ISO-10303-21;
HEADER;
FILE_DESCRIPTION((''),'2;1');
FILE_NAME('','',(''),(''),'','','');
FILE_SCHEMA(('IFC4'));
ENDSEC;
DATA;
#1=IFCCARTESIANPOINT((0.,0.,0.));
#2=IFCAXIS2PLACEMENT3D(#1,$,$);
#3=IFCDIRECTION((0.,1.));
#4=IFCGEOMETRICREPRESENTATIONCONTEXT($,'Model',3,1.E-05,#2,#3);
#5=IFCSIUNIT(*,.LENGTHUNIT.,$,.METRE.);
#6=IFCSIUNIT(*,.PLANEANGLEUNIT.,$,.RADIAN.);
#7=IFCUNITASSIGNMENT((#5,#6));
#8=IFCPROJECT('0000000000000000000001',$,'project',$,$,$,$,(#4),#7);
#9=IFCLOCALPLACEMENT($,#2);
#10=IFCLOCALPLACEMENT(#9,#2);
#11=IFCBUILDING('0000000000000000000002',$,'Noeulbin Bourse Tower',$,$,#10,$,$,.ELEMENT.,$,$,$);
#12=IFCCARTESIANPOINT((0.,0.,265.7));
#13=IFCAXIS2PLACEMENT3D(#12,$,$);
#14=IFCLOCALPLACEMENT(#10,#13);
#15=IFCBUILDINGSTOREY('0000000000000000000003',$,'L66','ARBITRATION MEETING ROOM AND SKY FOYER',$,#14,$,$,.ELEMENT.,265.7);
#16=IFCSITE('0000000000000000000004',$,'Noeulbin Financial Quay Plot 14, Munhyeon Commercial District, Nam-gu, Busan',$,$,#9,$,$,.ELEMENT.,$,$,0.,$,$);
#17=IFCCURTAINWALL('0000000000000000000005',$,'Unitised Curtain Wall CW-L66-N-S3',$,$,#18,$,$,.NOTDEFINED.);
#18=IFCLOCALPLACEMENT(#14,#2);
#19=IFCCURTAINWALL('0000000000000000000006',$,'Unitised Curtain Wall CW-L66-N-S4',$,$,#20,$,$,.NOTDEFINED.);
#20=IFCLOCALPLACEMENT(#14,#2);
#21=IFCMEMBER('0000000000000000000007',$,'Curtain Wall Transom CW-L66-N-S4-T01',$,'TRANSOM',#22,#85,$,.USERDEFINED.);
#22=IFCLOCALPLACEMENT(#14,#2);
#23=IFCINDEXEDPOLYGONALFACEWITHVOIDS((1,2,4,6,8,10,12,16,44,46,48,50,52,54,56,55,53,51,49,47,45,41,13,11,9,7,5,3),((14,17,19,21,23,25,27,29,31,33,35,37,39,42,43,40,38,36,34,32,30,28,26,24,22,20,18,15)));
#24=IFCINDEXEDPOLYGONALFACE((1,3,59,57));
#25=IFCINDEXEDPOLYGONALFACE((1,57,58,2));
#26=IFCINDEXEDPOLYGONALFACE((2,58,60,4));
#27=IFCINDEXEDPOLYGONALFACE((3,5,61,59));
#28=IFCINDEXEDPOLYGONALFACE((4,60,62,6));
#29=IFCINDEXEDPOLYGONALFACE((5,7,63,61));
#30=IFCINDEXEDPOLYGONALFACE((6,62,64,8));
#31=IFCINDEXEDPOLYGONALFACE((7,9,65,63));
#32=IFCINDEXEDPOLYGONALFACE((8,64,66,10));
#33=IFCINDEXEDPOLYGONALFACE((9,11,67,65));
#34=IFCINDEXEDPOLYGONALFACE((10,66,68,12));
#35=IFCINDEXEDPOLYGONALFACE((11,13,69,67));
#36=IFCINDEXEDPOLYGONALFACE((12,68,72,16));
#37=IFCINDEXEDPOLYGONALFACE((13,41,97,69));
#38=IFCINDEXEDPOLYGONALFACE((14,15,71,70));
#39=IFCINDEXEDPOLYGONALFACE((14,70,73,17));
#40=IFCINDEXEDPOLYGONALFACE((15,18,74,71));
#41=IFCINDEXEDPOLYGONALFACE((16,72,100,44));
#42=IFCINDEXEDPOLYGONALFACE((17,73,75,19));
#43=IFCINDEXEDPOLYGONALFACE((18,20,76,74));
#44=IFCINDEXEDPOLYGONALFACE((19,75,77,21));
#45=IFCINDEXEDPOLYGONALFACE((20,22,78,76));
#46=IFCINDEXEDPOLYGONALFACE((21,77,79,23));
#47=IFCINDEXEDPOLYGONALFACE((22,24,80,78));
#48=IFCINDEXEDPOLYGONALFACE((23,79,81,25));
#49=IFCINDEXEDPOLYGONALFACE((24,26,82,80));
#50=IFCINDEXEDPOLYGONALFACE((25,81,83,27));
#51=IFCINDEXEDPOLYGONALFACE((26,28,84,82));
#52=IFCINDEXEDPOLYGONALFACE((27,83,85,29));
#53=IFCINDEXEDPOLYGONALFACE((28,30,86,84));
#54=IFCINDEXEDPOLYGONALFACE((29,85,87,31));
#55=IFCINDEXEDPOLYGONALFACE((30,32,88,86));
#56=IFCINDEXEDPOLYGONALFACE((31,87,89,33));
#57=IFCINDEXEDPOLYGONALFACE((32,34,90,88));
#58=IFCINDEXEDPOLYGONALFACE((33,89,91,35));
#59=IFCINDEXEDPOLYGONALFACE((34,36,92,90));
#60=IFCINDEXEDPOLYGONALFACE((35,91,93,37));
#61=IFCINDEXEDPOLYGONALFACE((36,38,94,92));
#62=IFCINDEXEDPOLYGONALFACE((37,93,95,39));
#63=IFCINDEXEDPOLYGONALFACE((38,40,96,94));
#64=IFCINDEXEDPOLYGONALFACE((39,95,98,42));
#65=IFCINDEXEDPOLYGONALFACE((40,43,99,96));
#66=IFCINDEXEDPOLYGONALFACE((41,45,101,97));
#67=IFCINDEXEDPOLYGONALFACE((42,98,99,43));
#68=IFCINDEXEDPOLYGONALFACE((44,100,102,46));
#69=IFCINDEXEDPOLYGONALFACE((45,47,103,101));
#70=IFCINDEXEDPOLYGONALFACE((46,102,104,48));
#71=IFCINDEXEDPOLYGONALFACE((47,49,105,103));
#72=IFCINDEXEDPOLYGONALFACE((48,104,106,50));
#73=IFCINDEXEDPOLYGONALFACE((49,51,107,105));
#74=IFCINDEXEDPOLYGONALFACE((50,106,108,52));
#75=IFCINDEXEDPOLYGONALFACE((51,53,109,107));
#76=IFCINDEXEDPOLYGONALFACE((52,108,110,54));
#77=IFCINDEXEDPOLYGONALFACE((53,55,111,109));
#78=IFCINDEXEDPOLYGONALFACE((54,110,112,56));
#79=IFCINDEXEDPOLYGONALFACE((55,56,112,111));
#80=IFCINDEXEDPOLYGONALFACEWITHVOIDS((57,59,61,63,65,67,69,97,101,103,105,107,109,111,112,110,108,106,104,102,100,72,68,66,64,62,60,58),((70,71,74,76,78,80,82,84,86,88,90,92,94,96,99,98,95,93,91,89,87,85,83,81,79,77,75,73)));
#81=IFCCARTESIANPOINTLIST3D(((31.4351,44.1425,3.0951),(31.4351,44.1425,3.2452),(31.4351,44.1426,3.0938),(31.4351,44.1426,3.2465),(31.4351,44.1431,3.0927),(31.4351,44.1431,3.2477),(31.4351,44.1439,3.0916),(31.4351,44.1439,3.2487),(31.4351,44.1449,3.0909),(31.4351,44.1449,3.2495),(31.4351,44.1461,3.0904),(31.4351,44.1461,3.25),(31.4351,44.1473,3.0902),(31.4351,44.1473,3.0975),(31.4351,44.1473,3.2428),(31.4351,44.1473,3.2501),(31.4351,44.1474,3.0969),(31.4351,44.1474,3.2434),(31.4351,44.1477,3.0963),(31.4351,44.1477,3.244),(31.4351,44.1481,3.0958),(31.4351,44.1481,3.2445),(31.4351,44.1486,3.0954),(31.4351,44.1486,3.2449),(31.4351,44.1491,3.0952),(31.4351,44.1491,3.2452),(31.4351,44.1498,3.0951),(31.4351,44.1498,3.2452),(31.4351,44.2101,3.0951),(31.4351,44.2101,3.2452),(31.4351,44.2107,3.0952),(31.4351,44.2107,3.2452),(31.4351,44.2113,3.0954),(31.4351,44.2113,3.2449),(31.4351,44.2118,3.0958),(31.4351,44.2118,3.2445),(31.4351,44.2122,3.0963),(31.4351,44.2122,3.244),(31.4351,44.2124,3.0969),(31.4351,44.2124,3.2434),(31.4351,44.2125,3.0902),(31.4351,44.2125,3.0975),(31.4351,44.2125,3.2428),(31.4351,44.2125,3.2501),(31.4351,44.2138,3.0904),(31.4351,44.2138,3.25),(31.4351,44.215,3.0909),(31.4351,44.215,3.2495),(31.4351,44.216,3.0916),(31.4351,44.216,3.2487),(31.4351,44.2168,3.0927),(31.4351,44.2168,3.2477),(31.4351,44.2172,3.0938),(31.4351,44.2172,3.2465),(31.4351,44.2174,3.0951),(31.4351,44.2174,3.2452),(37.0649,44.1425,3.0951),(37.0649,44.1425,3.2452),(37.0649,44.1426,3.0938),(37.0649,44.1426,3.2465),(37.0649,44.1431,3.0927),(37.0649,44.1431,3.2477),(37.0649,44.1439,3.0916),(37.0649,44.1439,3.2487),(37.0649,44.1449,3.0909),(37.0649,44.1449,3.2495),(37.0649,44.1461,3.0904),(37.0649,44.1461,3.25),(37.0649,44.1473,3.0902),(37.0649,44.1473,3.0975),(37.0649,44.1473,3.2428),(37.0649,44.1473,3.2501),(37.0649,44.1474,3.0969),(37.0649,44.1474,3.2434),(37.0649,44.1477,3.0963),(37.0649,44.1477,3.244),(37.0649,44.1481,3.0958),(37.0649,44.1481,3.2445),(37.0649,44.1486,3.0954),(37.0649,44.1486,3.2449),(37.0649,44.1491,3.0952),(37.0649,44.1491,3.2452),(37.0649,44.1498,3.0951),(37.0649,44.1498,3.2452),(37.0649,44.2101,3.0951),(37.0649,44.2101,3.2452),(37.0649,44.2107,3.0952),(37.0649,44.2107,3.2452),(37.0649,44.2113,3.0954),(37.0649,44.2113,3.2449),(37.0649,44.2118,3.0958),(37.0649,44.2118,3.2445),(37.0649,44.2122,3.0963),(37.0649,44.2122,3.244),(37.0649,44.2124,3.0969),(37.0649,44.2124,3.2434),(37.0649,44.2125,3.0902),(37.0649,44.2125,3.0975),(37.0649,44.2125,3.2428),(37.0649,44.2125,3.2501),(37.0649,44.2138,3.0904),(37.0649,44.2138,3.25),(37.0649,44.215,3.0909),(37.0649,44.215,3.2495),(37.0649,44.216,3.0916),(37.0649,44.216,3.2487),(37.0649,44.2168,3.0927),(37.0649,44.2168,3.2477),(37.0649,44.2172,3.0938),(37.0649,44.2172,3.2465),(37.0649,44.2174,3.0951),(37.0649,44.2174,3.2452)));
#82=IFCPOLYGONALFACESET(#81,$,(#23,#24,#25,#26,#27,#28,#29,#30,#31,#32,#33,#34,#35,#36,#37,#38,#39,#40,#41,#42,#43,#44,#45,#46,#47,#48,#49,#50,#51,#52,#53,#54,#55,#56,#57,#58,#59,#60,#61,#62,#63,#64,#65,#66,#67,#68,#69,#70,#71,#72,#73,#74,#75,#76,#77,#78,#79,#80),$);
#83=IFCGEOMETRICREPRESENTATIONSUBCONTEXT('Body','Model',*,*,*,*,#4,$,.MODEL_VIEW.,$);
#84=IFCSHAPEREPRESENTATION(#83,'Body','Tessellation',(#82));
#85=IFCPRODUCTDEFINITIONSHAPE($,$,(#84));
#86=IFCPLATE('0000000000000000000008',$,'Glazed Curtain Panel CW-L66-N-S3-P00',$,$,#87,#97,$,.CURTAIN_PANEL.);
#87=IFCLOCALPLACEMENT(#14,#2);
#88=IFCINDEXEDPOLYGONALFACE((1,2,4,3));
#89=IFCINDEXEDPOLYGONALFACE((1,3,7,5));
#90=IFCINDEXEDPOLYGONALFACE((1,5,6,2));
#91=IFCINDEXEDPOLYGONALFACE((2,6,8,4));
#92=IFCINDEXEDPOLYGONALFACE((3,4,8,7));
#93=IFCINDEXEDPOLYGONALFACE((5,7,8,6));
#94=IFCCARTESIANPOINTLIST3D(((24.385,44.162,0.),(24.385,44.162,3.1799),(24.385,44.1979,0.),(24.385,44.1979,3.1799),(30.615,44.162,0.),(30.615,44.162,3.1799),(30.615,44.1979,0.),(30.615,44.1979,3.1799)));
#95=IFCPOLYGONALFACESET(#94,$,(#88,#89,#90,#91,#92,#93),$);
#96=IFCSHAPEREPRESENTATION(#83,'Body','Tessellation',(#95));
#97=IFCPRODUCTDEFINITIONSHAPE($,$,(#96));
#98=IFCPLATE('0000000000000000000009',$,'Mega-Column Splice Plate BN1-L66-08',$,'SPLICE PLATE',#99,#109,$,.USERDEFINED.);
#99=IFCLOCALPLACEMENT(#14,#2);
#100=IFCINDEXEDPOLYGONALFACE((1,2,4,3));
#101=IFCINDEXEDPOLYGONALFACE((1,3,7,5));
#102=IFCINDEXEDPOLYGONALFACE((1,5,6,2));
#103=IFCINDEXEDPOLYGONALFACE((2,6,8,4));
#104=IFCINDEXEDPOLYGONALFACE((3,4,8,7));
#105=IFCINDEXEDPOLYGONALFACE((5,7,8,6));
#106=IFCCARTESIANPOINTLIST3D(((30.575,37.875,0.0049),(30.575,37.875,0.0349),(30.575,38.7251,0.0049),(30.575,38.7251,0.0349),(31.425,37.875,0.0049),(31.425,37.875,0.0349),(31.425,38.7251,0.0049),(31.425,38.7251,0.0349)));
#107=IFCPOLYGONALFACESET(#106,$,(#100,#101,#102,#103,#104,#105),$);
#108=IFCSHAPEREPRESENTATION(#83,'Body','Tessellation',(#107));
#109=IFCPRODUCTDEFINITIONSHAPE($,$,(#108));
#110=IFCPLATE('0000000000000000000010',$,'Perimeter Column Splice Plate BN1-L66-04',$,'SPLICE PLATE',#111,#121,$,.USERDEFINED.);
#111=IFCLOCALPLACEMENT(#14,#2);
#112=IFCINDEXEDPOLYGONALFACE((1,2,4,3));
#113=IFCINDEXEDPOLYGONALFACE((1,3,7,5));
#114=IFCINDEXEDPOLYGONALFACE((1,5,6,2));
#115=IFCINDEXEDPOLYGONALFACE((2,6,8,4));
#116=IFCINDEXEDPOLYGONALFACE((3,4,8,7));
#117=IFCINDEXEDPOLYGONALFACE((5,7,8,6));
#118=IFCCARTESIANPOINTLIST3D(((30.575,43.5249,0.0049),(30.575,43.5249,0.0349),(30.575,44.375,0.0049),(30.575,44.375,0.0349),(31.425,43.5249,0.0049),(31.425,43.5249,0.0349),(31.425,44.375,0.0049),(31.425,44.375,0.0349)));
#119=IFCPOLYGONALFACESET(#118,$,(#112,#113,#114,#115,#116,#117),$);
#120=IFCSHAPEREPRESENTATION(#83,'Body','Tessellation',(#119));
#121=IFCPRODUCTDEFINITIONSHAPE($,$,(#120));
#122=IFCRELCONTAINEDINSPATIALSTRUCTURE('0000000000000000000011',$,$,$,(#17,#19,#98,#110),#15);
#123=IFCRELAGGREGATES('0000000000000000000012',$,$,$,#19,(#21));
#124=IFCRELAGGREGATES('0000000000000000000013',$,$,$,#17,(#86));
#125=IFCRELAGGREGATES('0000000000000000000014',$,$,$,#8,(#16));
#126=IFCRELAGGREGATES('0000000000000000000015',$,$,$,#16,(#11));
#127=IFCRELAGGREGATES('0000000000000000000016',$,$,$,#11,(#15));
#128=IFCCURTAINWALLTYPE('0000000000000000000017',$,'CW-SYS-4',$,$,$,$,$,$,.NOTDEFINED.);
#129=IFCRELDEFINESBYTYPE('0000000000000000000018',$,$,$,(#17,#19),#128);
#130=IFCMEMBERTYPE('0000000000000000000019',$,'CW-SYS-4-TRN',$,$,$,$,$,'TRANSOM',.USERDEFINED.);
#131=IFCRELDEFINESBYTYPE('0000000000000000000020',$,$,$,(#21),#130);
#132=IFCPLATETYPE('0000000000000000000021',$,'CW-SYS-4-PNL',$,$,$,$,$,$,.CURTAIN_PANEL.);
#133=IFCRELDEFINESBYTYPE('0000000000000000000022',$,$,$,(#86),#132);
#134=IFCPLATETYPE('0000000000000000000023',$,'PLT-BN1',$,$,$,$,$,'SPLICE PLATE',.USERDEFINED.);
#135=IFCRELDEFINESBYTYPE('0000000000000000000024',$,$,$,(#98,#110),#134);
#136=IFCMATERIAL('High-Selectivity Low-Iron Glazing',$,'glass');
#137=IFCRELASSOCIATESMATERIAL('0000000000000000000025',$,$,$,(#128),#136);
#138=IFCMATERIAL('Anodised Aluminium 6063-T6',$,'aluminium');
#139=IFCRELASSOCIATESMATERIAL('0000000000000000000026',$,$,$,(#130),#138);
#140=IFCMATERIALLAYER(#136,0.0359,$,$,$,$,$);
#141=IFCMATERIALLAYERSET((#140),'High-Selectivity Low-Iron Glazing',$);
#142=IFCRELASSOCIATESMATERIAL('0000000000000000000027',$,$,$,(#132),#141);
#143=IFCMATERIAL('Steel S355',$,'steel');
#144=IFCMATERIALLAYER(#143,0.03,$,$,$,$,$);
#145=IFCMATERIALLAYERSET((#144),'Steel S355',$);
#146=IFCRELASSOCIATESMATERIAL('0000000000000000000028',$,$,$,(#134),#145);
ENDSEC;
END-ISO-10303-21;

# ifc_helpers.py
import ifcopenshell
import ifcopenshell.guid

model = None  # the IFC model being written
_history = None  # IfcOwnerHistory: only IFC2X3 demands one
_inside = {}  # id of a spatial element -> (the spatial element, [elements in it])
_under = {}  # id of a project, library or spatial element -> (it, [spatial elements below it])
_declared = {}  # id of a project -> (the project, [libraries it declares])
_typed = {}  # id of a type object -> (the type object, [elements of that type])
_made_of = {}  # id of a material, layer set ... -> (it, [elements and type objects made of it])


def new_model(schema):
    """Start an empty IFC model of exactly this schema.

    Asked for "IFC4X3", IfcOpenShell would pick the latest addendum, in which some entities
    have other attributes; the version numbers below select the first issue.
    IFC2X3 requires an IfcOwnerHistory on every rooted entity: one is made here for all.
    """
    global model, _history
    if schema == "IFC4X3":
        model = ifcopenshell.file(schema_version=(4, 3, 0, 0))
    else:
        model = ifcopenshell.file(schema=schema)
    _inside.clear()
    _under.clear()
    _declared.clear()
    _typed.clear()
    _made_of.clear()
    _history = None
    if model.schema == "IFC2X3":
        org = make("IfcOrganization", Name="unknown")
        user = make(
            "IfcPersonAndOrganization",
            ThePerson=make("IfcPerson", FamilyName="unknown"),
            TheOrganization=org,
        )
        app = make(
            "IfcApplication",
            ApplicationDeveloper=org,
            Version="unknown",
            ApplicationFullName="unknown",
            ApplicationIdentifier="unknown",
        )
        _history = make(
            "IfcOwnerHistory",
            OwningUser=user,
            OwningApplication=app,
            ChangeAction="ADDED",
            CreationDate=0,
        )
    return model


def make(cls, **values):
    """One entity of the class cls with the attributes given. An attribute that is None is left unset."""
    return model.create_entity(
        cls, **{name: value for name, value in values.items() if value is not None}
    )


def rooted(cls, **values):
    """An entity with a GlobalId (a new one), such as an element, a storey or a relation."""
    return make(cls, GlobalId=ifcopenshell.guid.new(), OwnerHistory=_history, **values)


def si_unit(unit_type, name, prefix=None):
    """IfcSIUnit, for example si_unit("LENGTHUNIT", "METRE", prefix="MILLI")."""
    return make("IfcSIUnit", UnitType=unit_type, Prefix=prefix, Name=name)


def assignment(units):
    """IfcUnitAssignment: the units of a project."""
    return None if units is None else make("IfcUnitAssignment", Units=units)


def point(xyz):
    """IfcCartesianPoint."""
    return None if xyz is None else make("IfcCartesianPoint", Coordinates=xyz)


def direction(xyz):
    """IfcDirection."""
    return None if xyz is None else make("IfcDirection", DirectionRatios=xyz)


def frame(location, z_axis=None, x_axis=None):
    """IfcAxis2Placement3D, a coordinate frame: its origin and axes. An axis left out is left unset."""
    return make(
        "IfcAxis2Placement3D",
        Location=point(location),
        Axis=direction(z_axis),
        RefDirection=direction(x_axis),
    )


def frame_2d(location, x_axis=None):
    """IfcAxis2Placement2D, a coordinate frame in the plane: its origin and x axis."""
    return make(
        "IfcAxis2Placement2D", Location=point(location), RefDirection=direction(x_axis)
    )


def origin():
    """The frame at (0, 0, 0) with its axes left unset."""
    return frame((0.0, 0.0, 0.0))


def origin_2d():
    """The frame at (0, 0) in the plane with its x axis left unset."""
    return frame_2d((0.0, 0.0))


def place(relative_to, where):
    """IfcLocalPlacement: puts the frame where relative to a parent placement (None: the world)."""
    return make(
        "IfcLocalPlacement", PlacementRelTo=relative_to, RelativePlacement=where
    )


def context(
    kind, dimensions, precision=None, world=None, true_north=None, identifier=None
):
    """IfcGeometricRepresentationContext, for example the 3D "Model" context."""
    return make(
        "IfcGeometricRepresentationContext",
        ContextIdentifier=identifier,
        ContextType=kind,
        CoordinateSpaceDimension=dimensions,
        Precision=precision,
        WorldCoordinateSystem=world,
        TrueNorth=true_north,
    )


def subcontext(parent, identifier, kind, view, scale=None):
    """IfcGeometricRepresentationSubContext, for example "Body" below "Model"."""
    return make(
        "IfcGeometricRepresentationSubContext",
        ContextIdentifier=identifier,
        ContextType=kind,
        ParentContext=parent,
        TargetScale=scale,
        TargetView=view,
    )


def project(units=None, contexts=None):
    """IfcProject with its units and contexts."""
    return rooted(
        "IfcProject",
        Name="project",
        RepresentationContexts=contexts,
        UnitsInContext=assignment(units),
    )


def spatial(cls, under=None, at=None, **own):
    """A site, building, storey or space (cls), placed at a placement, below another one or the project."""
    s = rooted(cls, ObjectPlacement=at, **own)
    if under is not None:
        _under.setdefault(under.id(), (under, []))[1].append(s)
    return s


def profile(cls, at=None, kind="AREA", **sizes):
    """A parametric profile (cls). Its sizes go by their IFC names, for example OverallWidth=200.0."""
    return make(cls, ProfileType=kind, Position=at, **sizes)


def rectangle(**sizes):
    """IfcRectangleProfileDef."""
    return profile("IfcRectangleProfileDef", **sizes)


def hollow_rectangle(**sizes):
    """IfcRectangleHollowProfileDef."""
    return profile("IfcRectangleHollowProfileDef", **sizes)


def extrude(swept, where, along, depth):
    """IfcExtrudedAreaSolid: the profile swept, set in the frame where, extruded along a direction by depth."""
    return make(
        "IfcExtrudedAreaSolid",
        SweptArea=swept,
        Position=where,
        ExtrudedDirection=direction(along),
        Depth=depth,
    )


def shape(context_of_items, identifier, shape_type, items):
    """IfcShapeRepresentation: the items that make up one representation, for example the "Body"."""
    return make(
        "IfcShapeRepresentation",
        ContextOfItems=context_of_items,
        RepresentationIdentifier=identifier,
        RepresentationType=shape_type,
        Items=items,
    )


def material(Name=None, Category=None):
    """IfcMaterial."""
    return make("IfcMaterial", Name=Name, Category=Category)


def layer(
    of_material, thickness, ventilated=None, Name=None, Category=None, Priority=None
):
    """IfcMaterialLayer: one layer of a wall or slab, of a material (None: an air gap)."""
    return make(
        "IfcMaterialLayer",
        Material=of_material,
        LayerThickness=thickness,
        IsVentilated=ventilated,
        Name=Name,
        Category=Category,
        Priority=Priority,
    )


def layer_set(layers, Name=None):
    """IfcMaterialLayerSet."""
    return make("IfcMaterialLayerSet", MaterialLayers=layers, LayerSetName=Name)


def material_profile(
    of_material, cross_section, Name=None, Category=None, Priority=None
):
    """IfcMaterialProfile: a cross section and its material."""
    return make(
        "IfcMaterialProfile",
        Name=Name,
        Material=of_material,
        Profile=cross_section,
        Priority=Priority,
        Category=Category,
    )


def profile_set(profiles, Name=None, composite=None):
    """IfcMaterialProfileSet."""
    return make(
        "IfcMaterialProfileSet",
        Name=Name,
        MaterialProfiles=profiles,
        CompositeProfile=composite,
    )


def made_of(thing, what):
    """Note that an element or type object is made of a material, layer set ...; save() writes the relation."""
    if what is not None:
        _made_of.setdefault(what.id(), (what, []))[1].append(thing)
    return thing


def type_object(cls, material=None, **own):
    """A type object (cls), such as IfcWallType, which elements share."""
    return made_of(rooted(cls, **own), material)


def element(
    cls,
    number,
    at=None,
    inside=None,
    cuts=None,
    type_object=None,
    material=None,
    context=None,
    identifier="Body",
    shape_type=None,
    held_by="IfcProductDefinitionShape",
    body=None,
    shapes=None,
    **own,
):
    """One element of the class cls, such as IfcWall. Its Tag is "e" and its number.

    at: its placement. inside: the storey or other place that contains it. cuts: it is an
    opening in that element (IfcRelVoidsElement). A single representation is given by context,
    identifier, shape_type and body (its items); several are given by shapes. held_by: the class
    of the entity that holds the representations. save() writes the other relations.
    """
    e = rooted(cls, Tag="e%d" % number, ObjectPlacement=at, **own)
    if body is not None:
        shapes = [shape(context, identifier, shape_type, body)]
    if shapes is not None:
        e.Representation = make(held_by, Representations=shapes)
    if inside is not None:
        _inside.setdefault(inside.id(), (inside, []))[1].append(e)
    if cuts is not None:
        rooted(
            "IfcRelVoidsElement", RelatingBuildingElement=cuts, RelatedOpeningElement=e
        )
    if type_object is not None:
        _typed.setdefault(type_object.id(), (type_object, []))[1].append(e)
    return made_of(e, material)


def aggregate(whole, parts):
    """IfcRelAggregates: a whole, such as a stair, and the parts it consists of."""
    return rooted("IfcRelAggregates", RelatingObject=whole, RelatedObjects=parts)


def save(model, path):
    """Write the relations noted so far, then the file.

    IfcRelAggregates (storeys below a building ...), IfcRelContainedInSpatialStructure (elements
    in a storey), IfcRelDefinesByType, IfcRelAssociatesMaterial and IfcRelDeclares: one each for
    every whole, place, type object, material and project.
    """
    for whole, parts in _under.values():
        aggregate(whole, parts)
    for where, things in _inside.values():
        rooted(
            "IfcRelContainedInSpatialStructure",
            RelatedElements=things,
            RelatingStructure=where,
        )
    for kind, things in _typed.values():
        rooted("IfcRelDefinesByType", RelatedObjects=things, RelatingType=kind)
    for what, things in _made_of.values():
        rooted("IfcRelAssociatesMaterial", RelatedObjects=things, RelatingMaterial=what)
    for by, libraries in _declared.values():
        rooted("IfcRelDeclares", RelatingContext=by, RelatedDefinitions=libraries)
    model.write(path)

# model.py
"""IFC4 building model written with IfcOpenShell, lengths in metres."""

from ifc_helpers import new_model, si_unit, direction, frame, origin, origin_2d, place, context, subcontext, project, spatial, rectangle, hollow_rectangle, extrude, material, layer, layer_set, material_profile, profile_set, type_object, element, aggregate, save


model = new_model("IFC4")

# Units and contexts
model_context = context("Model", 3, precision=1e-05, world=origin(), true_north=direction((0.0, 1.0)))
body_context = subcontext(model_context, "Body", "Model", "MODEL_VIEW")
ifc_project = project(units=[si_unit("LENGTHUNIT", "METRE"), si_unit("PLANEANGLEUNIT", "RADIAN")], contexts=[model_context])

# Site, building, storey
site_placement = place(None, origin())
site = spatial("IfcSite", under=ifc_project, at=site_placement, Name="Noeulbin Financial Quay Plot 14, Munhyeon Commercial District, Nam-gu, Busan", CompositionType="ELEMENT", RefElevation=0.0)
building_placement = place(site_placement, origin())
building = spatial("IfcBuilding", under=site, at=building_placement, Name="Noeulbin Bourse Tower", CompositionType="ELEMENT")
storey_placement = place(building_placement, frame((0.0, 0.0, 265.7)))
storey = spatial("IfcBuildingStorey", under=building, at=storey_placement, Name="L66", Description="ARBITRATION MEETING ROOM AND SKY FOYER", CompositionType="ELEMENT", Elevation=265.7)

# Shared definitions
ifc_material_1 = material(Name="Steel S355", Category="steel")

# Curtain wall
ifc_material_2 = material(Name="High-Selectivity Low-Iron Glazing", Category="glass")
curtain_wall_type = type_object("IfcCurtainWallType", Name="CW-SYS-4", PredefinedType="NOTDEFINED", material=ifc_material_2)
curtain_wall_1_placement = place(storey_placement, origin())
curtain_wall_1 = element("IfcCurtainWall", 1, at=curtain_wall_1_placement, inside=storey, type_object=curtain_wall_type, Name="Unitised Curtain Wall CW-L66-N-S3", PredefinedType="NOTDEFINED")
ifc_material_3 = material(Name="Anodised Aluminium 6063-T6", Category="aluminium")

# Curtain wall, member
curtain_wall_2_placement = place(storey_placement, origin())
curtain_wall_2 = element("IfcCurtainWall", 2, at=curtain_wall_2_placement, inside=storey, type_object=curtain_wall_type, Name="Unitised Curtain Wall CW-L66-N-S4", PredefinedType="NOTDEFINED")
ifc_material_profile_1 = material_profile(ifc_material_3, hollow_rectangle(XDim=0.075, YDim=0.1599, WallThickness=0.0049, InnerFilletRadius=0.0024, OuterFilletRadius=0.0049, at=origin_2d()), Name="ALU-TRAN-75x160x5", Category="LoadBearing")
ifc_profile_set_1 = profile_set([ifc_material_profile_1], Name="Anodised Aluminium 6063-T6")
member_type_1 = type_object("IfcMemberType", Name="CW-SYS-4-TRN", ElementType="TRANSOM", PredefinedType="USERDEFINED", material=ifc_profile_set_1)
member_1_placement = place(storey_placement, frame((31.4351, 44.1799, 3.1702), z_axis=(1.0, 0.0, 0.0), x_axis=(0.0, 1.0, 0.0)))
member_1 = element("IfcMember", 3, at=member_1_placement, type_object=member_type_1, Name="Curtain Wall Transom CW-L66-N-S4-T01", ObjectType="TRANSOM", PredefinedType="USERDEFINED", context=body_context, shape_type="SweptSolid", body=[
    extrude(hollow_rectangle(XDim=0.075, YDim=0.1599, WallThickness=0.0049, InnerFilletRadius=0.0024, OuterFilletRadius=0.0049, at=origin_2d()), origin(), (0.0, 0.0, 1.0), 5.6299),
])
aggregate(curtain_wall_2, [member_1])

# Plate
ifc_layer_1 = layer(ifc_material_2, 0.0359)
ifc_layer_set_1 = layer_set([ifc_layer_1], Name="High-Selectivity Low-Iron Glazing")
plate_type_1 = type_object("IfcPlateType", Name="CW-SYS-4-PNL", PredefinedType="CURTAIN_PANEL", material=ifc_layer_set_1)
plate_placement = place(storey_placement, frame((27.5, 44.1799, 0.0), z_axis=(0.0, 0.0, 1.0), x_axis=(1.0, 0.0, 0.0)))
plate = element("IfcPlate", 4, at=plate_placement, type_object=plate_type_1, Name="Glazed Curtain Panel CW-L66-N-S3-P00", PredefinedType="CURTAIN_PANEL", context=body_context, shape_type="SweptSolid", body=[
    extrude(rectangle(XDim=6.23, YDim=0.0359, at=origin_2d()), origin(), (0.0, 0.0, 1.0), 3.1799),
])
aggregate(curtain_wall_1, [plate])

# Plates
ifc_layer_2 = layer(ifc_material_1, 0.03)
ifc_layer_set_2 = layer_set([ifc_layer_2], Name="Steel S355")
plate_type_2 = type_object("IfcPlateType", Name="PLT-BN1", ElementType="SPLICE PLATE", PredefinedType="USERDEFINED", material=ifc_layer_set_2)
for number, where, z_axis, x_axis, name in (
    (5, (31.0, 38.3, 0.0049), (0.0, 0.0, 1.0), (1.0, 0.0, 0.0), "Mega-Column Splice Plate BN1-L66-08"),
    (6, (31.0, 43.95, 0.0049), (0.0, 0.0, 1.0), (1.0, 0.0, 0.0), "Perimeter Column Splice Plate BN1-L66-04"),
):
    element("IfcPlate", number, at=place(storey_placement, frame(where, z_axis=z_axis, x_axis=x_axis)), inside=storey, type_object=plate_type_2, Name=name, ObjectType="SPLICE PLATE", PredefinedType="USERDEFINED", context=body_context, shape_type="SweptSolid", body=[
        extrude(rectangle(XDim=0.8501, YDim=0.8501, at=origin_2d()), origin(), (0.0, 0.0, 1.0), 0.03),
    ])

save(model, "model.ifc")
